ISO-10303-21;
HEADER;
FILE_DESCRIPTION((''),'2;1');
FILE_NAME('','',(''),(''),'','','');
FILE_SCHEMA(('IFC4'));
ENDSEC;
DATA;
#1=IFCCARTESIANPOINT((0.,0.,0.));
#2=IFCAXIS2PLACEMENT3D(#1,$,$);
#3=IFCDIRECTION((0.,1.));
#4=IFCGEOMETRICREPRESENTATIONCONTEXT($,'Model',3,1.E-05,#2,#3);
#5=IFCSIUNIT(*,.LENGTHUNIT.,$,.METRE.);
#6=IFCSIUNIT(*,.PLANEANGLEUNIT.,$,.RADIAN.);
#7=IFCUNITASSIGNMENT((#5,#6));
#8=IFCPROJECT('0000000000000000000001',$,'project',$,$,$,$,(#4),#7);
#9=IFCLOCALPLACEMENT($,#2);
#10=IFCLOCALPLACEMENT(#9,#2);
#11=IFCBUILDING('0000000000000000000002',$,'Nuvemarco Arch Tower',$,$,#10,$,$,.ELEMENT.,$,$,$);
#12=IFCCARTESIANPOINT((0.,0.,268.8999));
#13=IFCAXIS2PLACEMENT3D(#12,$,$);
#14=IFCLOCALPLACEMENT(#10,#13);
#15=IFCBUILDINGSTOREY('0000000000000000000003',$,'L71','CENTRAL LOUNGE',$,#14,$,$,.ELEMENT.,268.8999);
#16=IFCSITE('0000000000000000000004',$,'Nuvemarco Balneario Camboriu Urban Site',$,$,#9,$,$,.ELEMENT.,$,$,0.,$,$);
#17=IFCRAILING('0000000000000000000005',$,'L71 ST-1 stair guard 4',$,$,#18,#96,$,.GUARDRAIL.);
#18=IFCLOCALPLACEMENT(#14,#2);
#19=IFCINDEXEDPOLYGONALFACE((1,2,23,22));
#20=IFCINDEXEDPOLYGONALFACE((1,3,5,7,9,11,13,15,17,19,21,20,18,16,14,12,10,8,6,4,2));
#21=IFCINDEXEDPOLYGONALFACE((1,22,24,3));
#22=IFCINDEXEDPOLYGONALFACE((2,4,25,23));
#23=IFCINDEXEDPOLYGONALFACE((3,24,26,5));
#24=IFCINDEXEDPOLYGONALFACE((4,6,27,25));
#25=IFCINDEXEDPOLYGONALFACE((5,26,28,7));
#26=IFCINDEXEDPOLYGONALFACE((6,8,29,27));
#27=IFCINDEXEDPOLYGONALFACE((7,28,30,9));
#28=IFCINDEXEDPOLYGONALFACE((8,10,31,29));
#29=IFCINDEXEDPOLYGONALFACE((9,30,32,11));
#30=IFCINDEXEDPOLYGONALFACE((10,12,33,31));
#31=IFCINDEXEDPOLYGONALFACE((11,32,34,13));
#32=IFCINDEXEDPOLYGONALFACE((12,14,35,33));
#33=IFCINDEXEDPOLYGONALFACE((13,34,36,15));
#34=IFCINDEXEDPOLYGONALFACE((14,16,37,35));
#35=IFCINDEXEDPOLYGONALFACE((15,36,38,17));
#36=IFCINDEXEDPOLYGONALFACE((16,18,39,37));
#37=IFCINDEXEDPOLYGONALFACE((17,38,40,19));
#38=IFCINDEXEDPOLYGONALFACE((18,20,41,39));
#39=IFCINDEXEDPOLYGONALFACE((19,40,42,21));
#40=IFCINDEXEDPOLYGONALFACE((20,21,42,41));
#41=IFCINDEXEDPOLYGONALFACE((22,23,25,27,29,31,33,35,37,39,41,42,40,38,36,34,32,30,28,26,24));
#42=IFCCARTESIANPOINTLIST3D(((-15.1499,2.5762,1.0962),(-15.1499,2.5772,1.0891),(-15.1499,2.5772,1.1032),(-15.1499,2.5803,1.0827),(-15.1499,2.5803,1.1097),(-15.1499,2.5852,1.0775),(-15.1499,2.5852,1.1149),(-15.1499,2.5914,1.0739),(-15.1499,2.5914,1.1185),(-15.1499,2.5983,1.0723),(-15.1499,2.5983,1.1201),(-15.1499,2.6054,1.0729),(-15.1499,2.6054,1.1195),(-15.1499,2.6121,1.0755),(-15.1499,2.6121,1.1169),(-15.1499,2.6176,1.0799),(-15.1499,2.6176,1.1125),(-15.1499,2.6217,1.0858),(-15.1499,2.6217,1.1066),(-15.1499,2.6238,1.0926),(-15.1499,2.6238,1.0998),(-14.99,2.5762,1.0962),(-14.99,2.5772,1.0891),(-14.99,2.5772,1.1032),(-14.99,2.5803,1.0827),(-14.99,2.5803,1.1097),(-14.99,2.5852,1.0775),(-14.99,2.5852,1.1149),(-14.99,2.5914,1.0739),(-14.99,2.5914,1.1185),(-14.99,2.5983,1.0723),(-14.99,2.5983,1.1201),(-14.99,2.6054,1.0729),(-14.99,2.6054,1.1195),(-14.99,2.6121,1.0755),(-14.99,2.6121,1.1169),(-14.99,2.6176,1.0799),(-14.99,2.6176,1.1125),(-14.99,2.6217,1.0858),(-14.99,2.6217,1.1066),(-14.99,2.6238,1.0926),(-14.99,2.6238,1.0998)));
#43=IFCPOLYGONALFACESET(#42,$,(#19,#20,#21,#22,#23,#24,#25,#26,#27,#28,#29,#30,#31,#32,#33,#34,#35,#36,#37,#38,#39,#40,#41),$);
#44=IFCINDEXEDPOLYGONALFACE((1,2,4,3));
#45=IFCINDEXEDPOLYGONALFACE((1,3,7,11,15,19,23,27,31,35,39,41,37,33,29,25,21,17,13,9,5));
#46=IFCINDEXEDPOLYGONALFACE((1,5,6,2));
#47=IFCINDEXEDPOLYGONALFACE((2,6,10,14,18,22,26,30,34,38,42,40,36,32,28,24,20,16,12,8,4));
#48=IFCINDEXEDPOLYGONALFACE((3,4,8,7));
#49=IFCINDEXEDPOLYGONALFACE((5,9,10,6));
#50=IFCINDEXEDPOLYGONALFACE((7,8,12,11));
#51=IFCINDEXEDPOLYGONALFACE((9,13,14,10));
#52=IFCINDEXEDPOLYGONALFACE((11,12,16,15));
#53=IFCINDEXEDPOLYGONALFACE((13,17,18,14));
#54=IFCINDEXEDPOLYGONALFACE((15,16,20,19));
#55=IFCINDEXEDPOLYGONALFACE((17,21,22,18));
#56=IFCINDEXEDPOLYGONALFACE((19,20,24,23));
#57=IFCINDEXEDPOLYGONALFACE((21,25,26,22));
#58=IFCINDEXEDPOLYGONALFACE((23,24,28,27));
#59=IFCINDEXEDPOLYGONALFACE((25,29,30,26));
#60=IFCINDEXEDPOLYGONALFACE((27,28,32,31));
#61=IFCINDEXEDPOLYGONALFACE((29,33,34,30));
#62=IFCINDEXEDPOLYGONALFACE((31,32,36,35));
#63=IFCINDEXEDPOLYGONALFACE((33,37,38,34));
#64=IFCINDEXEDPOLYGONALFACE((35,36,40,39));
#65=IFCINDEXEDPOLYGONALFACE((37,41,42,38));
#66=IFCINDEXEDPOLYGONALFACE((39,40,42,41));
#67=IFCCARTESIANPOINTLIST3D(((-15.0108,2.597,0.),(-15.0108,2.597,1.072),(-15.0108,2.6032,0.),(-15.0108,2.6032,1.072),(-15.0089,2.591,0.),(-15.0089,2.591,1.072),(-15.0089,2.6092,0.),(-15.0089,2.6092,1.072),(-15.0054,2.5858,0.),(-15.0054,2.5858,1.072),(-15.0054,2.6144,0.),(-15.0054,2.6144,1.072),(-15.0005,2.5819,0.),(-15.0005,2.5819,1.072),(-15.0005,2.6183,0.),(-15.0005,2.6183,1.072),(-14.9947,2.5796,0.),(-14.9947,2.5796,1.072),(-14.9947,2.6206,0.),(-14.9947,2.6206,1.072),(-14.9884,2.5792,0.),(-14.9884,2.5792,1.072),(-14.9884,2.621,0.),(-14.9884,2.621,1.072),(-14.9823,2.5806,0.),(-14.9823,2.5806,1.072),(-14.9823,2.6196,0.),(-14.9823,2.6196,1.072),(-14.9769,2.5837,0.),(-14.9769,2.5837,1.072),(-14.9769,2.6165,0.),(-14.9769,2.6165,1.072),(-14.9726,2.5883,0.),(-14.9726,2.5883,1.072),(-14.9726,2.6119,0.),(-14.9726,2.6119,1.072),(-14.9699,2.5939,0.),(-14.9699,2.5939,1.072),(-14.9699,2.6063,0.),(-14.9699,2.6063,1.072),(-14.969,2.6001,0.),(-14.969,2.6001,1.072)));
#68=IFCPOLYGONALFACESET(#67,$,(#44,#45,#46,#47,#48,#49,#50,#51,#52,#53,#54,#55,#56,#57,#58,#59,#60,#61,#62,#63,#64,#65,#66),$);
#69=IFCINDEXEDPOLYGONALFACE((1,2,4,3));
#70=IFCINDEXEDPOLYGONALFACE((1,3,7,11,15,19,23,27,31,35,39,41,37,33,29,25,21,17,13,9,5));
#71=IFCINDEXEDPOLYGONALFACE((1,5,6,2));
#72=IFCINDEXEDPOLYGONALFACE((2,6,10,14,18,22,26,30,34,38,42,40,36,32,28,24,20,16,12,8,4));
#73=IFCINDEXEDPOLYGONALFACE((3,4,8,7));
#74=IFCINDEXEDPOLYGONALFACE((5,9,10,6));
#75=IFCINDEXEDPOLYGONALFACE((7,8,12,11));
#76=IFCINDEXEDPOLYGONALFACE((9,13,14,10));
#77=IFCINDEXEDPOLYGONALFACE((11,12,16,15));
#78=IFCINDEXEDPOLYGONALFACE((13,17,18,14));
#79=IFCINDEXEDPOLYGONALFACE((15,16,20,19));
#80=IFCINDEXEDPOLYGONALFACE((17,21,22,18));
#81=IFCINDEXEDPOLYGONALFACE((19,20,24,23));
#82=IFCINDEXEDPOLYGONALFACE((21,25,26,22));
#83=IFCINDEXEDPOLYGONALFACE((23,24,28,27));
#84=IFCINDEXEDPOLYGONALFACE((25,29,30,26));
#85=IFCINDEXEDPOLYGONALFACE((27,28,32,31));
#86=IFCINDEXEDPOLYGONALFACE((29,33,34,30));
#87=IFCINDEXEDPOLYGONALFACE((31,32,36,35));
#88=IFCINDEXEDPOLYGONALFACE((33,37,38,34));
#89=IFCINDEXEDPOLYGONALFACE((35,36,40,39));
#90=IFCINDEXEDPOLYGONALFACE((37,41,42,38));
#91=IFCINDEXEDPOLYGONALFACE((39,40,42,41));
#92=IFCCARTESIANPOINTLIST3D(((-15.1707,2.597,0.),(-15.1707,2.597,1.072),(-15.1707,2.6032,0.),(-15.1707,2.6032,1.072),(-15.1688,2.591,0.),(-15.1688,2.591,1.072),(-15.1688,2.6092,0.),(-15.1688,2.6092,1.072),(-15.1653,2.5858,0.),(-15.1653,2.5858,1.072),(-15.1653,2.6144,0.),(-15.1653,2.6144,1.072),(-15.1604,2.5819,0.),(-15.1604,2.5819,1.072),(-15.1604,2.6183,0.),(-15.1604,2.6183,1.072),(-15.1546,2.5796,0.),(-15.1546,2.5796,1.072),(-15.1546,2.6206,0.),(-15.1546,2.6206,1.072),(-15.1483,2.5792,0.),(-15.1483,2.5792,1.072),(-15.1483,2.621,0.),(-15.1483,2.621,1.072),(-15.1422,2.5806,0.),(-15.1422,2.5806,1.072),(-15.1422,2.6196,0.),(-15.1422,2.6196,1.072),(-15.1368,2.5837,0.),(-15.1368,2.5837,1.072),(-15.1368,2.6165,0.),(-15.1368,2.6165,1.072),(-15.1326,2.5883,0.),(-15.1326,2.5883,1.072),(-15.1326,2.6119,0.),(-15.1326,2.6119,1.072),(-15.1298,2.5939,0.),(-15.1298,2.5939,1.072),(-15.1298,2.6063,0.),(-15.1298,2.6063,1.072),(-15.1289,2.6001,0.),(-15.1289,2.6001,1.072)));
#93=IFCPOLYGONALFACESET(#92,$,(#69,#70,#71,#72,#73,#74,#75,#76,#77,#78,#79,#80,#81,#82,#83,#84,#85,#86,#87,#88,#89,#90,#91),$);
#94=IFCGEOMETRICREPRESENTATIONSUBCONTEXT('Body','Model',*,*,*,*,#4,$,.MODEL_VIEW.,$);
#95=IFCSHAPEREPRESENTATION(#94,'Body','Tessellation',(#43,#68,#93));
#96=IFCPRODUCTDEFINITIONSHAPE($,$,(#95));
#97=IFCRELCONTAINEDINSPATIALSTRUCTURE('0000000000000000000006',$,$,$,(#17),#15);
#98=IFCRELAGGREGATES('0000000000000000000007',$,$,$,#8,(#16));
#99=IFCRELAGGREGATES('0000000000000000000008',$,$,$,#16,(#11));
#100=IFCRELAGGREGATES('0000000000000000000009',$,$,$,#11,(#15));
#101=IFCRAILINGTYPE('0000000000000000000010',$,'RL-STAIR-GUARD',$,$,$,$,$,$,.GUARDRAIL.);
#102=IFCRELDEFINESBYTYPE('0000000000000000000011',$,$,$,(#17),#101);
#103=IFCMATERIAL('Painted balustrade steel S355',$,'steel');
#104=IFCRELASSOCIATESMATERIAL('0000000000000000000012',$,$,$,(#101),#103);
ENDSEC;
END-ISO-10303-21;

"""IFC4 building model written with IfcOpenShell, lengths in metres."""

from ifc_helpers import new_model, si_unit, direction, frame, origin, origin_2d, place, context, subcontext, project, spatial, circle, extrude, material, type_object, element, save


model = new_model("IFC4")

# Units and contexts
model_context = context("Model", 3, precision=1e-05, world=origin(), true_north=direction((0.0, 1.0)))
body_context = subcontext(model_context, "Body", "Model", "MODEL_VIEW")
ifc_project = project(units=[si_unit("LENGTHUNIT", "METRE"), si_unit("PLANEANGLEUNIT", "RADIAN")], contexts=[model_context])

# Site, building, storey
site_placement = place(None, origin())
site = spatial("IfcSite", under=ifc_project, at=site_placement, Name="Nuvemarco Balneario Camboriu Urban Site", CompositionType="ELEMENT", RefElevation=0.0)
building_placement = place(site_placement, origin())
building = spatial("IfcBuilding", under=site, at=building_placement, Name="Nuvemarco Arch Tower", CompositionType="ELEMENT")
storey_placement = place(building_placement, frame((0.0, 0.0, 268.8999)))
storey = spatial("IfcBuildingStorey", under=building, at=storey_placement, Name="L71", Description="CENTRAL LOUNGE", CompositionType="ELEMENT", Elevation=268.8999)

# Railing
ifc_material_1 = material(Name="Painted balustrade steel S355", Category="steel")
railing_type_1 = type_object("IfcRailingType", Name="RL-STAIR-GUARD", PredefinedType="GUARDRAIL", material=ifc_material_1)
railing_1_placement = place(storey_placement, frame((-14.99, 2.6001, 0.0)))
element("IfcRailing", 1, at=railing_1_placement, inside=storey, type_object=railing_type_1, Name="L71 ST-1 stair guard 4", PredefinedType="GUARDRAIL", context=body_context, shape_type="SweptSolid", body=[
    extrude(circle(Radius=0.0239, at=origin_2d()), frame((0.0, 0.0, 1.0962), z_axis=(-1.0, 0.0, 0.0), x_axis=(0.0, -1.0, 0.0)), (0.0, 0.0, 1.0), 0.1599),
    extrude(circle(Radius=0.021, at=origin_2d()), origin(), (0.0, 0.0, 1.0), 1.072),
    extrude(circle(Radius=0.021, at=origin_2d()), frame((-0.1599, 0.0, 0.0)), (0.0, 0.0, 1.0), 1.072),
])

save(model, "model.ifc")
